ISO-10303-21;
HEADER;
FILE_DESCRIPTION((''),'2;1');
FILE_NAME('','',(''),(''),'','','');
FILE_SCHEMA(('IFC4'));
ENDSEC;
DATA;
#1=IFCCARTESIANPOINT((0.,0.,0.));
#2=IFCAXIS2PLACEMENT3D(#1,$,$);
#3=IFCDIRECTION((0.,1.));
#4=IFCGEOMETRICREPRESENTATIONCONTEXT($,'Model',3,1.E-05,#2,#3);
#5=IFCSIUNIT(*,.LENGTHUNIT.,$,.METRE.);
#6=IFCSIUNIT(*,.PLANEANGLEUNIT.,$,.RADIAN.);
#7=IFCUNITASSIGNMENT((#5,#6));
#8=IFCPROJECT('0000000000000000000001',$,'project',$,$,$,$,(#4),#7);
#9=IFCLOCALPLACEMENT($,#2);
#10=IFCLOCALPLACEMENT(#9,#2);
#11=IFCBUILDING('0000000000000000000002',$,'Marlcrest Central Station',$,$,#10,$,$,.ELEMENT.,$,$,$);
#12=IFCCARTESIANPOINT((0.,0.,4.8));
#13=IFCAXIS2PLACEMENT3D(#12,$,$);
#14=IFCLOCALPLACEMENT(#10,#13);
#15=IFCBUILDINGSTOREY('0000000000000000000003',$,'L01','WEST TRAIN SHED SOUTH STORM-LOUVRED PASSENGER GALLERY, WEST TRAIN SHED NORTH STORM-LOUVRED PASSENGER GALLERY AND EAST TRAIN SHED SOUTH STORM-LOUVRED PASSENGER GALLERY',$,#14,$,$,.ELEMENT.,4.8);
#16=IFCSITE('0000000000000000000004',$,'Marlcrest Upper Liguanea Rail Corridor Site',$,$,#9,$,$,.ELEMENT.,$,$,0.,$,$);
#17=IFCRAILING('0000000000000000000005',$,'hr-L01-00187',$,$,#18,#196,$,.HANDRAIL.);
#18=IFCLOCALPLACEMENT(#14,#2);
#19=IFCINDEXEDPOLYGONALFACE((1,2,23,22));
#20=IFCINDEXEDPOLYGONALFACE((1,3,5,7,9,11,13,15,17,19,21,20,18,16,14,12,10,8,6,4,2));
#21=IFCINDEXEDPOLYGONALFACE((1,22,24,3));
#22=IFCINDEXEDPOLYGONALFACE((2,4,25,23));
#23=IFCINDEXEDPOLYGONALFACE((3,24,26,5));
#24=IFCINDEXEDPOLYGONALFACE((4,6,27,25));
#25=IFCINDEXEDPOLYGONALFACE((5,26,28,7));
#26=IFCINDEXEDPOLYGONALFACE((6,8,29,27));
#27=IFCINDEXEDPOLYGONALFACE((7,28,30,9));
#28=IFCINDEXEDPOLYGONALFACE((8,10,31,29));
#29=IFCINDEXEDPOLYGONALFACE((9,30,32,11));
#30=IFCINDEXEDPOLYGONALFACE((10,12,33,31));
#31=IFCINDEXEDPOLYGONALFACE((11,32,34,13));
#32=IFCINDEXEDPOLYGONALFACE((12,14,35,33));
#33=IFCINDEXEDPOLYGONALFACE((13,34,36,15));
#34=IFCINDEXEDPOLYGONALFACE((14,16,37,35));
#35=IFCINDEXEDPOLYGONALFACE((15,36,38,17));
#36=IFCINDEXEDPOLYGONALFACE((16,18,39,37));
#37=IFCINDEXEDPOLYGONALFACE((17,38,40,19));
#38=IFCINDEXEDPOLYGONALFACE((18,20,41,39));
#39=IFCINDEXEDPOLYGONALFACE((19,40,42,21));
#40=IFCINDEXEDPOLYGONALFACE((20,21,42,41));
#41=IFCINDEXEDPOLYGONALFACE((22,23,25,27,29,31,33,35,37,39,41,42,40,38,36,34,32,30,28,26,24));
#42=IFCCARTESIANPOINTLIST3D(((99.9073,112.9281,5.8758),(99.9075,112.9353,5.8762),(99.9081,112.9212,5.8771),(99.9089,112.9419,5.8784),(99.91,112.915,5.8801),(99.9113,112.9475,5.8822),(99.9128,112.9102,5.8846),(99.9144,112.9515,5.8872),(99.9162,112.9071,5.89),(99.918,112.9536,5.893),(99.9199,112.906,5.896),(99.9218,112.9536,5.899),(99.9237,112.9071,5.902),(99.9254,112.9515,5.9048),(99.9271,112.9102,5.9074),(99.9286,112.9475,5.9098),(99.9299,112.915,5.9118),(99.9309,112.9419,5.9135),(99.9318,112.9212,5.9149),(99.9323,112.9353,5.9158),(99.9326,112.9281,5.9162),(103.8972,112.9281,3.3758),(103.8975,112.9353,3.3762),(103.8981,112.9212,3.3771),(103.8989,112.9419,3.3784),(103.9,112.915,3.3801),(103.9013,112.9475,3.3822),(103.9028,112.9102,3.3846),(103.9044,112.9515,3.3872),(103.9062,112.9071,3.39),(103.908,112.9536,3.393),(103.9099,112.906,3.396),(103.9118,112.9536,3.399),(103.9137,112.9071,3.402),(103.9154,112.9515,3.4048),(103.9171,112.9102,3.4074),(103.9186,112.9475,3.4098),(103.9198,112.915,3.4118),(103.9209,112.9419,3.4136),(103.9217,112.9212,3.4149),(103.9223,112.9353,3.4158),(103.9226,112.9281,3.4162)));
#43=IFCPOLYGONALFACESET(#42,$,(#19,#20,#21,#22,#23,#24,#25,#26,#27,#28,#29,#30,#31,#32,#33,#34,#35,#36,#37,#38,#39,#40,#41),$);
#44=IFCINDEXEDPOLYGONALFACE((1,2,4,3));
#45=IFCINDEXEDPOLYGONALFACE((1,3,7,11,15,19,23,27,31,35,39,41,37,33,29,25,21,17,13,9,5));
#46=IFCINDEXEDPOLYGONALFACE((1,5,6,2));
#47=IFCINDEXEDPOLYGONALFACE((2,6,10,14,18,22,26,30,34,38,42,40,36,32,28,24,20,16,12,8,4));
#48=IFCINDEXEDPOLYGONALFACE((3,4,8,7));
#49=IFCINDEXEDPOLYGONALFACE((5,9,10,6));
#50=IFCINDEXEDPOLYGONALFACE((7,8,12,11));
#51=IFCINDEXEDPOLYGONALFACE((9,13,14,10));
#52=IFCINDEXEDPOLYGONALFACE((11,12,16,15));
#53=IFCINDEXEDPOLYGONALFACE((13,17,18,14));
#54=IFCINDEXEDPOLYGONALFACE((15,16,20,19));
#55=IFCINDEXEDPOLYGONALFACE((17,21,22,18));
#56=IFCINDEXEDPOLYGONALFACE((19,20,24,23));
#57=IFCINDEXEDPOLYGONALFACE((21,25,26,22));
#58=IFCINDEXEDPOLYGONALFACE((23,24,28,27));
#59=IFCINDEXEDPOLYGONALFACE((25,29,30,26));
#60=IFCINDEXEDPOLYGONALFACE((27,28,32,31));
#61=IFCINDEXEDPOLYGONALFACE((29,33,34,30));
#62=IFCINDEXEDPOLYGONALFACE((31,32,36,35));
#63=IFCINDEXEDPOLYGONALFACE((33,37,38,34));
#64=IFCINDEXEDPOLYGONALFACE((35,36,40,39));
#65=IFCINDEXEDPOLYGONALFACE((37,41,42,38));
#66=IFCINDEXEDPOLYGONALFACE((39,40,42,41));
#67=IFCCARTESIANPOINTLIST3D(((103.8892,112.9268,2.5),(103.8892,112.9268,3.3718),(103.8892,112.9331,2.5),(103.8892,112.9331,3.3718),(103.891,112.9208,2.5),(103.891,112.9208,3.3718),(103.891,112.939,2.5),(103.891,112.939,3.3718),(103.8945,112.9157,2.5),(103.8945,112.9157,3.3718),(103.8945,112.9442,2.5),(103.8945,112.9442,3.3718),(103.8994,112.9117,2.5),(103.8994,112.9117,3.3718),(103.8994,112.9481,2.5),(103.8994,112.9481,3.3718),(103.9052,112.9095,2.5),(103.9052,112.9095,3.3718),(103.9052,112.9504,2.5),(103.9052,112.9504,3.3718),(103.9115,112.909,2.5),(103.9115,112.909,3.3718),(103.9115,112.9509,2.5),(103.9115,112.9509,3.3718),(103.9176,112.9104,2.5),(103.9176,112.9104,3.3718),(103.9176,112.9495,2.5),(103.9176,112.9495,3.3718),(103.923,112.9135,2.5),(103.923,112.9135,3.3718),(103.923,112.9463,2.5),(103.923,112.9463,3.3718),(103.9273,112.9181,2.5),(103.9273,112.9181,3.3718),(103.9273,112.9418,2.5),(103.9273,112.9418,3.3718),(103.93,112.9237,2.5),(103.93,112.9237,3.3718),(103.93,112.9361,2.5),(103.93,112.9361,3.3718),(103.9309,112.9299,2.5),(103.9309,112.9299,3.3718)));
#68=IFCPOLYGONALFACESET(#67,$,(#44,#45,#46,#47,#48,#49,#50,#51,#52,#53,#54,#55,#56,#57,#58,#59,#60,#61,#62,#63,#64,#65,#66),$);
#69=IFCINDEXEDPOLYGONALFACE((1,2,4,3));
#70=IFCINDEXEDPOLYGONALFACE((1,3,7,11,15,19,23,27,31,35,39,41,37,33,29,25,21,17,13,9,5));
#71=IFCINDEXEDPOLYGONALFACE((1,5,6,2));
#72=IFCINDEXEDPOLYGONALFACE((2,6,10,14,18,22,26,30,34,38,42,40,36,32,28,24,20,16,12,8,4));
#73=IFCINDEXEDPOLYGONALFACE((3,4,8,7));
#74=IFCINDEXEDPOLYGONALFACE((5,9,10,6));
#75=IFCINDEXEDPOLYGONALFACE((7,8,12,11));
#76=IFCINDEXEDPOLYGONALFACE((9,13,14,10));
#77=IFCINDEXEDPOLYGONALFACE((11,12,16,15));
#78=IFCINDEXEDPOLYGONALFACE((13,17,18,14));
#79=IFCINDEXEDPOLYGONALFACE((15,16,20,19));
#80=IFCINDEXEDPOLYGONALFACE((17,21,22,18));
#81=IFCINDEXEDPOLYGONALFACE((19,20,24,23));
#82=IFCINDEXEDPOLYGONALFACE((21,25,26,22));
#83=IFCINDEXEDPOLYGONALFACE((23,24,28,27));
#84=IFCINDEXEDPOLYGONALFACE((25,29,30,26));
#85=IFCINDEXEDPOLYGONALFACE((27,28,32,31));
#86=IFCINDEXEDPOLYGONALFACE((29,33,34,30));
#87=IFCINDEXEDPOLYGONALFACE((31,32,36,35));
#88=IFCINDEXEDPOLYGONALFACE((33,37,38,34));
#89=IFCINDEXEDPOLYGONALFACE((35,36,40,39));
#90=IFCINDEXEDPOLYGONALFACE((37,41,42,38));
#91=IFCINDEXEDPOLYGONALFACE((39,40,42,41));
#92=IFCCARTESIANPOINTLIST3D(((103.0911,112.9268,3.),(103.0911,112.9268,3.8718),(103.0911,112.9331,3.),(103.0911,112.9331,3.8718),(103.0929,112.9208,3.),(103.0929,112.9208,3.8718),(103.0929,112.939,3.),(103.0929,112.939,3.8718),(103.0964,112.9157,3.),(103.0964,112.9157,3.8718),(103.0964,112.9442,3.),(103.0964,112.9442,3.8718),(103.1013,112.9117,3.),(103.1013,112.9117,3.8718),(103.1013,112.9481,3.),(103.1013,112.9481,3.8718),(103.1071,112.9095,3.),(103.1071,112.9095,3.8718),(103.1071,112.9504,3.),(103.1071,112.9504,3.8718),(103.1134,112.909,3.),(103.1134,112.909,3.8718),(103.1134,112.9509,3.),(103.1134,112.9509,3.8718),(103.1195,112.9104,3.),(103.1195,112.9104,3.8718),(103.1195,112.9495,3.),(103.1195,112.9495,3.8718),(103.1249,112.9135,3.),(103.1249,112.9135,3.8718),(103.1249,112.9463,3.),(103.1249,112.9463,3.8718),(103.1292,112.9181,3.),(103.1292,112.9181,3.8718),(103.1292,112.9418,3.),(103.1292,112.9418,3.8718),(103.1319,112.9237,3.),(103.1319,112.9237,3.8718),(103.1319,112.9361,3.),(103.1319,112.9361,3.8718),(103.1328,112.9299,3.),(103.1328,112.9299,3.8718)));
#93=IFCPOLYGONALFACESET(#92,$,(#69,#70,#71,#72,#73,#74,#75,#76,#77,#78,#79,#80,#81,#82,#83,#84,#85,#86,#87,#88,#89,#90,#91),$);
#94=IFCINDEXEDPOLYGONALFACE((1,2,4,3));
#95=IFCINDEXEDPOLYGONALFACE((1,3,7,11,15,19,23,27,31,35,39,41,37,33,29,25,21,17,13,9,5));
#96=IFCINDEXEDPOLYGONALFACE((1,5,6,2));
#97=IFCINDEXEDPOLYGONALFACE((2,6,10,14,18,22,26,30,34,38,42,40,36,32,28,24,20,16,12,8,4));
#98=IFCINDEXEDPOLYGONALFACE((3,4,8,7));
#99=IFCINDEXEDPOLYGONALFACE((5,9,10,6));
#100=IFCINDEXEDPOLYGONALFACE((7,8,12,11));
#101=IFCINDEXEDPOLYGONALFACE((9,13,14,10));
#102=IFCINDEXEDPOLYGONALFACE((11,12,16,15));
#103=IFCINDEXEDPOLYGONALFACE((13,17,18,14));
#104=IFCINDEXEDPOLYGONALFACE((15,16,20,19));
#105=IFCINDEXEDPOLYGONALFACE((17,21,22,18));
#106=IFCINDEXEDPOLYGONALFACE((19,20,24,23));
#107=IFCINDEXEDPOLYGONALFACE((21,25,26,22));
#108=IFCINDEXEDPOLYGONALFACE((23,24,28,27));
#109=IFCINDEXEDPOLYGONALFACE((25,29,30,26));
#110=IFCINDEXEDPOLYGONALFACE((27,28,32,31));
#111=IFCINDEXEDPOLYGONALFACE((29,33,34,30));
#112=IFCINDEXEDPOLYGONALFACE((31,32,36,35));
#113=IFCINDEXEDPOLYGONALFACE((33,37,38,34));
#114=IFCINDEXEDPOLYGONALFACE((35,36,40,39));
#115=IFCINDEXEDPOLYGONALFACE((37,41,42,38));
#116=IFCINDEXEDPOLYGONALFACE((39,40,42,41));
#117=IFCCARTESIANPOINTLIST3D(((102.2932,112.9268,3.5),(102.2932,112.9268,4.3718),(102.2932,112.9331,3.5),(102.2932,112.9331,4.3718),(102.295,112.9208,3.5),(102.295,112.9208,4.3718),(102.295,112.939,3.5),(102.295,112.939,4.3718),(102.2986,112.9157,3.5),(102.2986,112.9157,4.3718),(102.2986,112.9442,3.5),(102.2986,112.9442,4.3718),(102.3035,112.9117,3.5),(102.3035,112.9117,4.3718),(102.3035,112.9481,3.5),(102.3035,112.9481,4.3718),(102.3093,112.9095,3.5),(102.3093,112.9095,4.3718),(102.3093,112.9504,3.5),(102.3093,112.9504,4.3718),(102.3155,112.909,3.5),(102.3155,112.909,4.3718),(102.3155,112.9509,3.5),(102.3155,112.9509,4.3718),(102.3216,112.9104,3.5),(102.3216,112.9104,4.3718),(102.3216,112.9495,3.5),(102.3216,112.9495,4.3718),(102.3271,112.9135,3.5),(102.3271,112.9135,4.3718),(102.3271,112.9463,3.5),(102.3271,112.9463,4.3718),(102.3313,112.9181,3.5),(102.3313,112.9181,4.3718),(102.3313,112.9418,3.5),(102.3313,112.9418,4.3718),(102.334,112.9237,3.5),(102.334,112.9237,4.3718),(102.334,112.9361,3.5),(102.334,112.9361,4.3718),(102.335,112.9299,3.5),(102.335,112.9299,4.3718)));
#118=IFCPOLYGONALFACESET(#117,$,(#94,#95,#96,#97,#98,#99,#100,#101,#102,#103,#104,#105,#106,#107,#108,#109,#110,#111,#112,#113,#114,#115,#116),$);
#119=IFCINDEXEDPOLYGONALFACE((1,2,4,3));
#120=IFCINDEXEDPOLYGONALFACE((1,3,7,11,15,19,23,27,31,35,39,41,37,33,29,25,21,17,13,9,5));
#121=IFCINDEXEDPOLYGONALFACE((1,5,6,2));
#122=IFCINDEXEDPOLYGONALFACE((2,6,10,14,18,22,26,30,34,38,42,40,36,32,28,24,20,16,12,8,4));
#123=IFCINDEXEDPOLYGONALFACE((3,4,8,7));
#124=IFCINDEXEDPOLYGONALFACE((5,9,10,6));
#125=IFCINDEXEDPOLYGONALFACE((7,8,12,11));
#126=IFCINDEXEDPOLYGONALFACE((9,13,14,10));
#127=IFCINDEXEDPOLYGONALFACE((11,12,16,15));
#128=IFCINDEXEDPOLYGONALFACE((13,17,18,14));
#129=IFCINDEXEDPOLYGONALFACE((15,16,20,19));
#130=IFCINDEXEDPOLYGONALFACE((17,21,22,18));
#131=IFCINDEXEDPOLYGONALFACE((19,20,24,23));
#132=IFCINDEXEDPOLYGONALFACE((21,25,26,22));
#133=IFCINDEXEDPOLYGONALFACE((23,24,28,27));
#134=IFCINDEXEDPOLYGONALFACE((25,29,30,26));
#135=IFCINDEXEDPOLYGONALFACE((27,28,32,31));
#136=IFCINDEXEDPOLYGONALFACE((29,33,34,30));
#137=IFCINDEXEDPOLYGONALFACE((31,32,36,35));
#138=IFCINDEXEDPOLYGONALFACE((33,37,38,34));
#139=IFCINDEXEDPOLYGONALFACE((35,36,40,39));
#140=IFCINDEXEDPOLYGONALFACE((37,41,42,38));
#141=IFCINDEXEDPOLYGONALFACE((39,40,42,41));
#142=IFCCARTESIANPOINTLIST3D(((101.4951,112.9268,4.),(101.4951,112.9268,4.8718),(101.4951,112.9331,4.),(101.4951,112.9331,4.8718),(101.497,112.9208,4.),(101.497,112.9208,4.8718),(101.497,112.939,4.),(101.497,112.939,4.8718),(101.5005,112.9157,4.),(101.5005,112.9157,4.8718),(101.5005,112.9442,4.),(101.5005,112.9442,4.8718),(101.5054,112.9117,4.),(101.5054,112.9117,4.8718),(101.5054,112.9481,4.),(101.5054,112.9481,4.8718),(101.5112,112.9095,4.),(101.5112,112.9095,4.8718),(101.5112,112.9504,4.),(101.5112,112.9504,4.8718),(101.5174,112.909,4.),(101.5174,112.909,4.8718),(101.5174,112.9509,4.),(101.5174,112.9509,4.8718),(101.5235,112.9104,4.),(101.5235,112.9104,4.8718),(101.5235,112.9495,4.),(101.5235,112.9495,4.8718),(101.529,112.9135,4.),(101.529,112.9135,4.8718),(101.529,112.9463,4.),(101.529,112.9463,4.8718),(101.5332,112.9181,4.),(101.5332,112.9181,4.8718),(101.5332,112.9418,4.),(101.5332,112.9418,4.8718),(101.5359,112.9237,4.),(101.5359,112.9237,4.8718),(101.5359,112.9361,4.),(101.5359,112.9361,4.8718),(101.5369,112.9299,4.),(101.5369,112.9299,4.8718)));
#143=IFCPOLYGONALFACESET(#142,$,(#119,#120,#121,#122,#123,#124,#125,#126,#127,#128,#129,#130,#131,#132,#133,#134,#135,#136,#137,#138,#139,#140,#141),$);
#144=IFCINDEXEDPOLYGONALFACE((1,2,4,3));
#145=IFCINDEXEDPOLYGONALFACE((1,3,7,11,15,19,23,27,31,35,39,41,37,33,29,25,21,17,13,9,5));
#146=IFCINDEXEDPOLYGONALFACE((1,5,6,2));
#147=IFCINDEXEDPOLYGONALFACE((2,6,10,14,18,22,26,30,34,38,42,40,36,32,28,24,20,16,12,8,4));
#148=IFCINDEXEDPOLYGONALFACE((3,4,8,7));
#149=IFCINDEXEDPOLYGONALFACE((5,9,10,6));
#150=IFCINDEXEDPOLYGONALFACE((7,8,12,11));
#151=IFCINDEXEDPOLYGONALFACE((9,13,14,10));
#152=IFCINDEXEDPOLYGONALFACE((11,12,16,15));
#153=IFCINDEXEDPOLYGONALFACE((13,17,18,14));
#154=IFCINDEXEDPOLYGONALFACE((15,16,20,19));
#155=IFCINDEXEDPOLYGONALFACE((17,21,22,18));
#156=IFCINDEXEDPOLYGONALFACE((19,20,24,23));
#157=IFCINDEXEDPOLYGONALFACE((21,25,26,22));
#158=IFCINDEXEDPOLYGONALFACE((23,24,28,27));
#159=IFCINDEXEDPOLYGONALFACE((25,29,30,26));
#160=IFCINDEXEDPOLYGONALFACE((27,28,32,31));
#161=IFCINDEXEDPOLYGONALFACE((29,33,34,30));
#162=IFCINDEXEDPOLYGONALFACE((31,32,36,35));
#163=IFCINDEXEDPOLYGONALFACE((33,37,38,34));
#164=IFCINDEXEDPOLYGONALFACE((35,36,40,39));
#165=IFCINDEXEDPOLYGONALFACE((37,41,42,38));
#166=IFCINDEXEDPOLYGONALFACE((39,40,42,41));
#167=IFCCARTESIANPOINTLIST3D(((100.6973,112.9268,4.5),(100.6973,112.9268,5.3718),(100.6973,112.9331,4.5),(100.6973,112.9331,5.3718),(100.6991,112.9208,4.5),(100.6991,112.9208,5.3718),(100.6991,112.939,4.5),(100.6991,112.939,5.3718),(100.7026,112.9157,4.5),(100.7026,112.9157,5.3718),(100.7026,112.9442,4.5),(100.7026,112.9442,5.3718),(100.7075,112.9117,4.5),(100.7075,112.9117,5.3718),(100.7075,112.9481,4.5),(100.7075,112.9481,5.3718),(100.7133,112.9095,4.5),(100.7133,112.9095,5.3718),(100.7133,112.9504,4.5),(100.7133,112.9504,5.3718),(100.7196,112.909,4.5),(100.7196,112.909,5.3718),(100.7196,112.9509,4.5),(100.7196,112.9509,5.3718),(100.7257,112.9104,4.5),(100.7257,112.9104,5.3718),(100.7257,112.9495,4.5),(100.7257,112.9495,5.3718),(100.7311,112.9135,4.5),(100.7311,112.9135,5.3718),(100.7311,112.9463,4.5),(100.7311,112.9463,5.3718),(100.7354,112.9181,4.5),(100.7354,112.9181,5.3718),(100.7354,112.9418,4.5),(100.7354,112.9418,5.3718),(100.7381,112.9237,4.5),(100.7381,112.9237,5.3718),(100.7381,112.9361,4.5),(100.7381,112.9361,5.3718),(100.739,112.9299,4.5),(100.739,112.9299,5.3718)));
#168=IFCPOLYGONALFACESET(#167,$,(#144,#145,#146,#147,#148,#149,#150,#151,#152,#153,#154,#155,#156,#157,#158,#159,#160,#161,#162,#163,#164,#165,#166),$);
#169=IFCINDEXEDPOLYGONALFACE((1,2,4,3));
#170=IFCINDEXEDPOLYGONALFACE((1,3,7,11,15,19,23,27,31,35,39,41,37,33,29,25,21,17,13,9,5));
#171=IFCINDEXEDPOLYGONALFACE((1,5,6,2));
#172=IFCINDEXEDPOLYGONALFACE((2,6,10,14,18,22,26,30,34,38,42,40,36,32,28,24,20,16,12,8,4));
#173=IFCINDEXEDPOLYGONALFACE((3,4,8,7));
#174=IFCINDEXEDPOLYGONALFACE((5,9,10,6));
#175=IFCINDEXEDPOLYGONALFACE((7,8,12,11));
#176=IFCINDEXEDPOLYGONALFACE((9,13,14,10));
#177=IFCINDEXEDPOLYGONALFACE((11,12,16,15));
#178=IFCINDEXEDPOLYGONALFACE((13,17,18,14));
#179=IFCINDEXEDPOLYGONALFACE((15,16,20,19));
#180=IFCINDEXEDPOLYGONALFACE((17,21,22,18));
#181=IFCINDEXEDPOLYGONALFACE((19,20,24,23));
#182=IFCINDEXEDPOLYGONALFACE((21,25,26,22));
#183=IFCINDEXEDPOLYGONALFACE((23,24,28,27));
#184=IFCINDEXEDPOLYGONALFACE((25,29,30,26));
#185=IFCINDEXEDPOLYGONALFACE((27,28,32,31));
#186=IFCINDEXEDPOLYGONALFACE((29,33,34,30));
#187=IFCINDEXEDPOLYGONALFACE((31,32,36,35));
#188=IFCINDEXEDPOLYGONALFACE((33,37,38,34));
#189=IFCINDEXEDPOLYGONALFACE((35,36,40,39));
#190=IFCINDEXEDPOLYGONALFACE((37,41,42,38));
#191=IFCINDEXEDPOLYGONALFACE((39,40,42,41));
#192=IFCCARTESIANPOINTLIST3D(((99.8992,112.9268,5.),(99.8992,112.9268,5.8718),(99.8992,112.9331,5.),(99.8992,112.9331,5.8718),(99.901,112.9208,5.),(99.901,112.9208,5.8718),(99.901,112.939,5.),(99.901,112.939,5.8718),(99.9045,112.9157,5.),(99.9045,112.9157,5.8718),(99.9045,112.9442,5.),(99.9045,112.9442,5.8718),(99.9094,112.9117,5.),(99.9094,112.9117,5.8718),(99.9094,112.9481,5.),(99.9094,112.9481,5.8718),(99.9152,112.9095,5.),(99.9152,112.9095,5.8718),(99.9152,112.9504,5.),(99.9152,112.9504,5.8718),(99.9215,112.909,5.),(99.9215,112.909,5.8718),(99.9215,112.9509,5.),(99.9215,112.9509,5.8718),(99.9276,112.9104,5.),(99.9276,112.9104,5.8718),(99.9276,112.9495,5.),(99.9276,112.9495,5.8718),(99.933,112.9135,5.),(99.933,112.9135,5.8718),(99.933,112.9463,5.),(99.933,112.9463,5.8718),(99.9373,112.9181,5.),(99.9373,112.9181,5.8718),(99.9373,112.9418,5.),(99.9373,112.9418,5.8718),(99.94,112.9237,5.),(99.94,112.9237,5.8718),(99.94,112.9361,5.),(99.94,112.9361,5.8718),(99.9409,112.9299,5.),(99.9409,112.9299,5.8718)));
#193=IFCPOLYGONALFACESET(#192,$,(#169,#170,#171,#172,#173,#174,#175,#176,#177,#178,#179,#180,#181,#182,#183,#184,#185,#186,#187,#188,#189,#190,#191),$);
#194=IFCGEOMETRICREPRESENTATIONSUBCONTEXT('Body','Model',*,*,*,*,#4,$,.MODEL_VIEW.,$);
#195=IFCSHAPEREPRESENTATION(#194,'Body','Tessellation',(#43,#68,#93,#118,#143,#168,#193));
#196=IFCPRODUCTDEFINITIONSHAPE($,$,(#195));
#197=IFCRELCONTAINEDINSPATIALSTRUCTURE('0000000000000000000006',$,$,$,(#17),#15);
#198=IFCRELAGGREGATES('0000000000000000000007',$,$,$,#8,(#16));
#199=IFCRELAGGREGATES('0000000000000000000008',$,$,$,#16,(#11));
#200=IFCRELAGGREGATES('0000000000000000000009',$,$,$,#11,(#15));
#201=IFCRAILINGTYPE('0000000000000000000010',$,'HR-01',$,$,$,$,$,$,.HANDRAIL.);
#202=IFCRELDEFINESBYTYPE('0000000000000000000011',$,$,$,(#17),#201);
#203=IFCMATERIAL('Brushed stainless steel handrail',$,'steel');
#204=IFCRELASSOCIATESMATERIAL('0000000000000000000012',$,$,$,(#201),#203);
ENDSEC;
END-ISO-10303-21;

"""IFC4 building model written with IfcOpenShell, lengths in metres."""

from ifc_helpers import new_model, si_unit, direction, frame, origin, origin_2d, place, context, subcontext, project, spatial, circle, extrude, material, type_object, element, save


model = new_model("IFC4")

# Units and contexts
model_context = context("Model", 3, precision=1e-05, world=origin(), true_north=direction((0.0, 1.0)))
body_context = subcontext(model_context, "Body", "Model", "MODEL_VIEW")
ifc_project = project(units=[si_unit("LENGTHUNIT", "METRE"), si_unit("PLANEANGLEUNIT", "RADIAN")], contexts=[model_context])

# Site, building, storey
site_placement = place(None, origin())
site = spatial("IfcSite", under=ifc_project, at=site_placement, Name="Marlcrest Upper Liguanea Rail Corridor Site", CompositionType="ELEMENT", RefElevation=0.0)
building_placement = place(site_placement, origin())
building = spatial("IfcBuilding", under=site, at=building_placement, Name="Marlcrest Central Station", CompositionType="ELEMENT")
storey_placement = place(building_placement, frame((0.0, 0.0, 4.8)))
storey = spatial("IfcBuildingStorey", under=building, at=storey_placement, Name="L01", Description="WEST TRAIN SHED SOUTH STORM-LOUVRED PASSENGER GALLERY, WEST TRAIN SHED NORTH STORM-LOUVRED PASSENGER GALLERY AND EAST TRAIN SHED SOUTH STORM-LOUVRED PASSENGER GALLERY", CompositionType="ELEMENT", Elevation=4.8)

# Railing
ifc_material_1 = material(Name="Brushed stainless steel handrail", Category="steel")
railing_type = type_object("IfcRailingType", Name="HR-01", PredefinedType="HANDRAIL", material=ifc_material_1)
railing_1_placement = place(storey_placement, frame((103.9099, 112.9299, 2.5)))
element("IfcRailing", 1, at=railing_1_placement, inside=storey, type_object=railing_type, Name="hr-L01-00187", PredefinedType="HANDRAIL", context=body_context, shape_type="SweptSolid", body=[
    extrude(circle(Radius=0.0239, at=origin_2d()), frame((0.0, 0.0, 0.896), z_axis=(-0.847401, 0.0, 0.530954), x_axis=(0.0, -1.0, 0.0)), (0.0, 0.0, 1.0), 4.7085),
    extrude(circle(Radius=0.021, at=origin_2d()), origin(), (0.0, 0.0, 1.0), 0.8718),
    extrude(circle(Radius=0.021, at=origin_2d()), frame((-0.7981, 0.0, 0.5)), (0.0, 0.0, 1.0), 0.8718),
    extrude(circle(Radius=0.021, at=origin_2d()), frame((-1.5959, 0.0, 1.0)), (0.0, 0.0, 1.0), 0.8718),
    extrude(circle(Radius=0.021, at=origin_2d()), frame((-2.394, 0.0, 1.5)), (0.0, 0.0, 1.0), 0.8718),
    extrude(circle(Radius=0.021, at=origin_2d()), frame((-3.1919, 0.0, 2.0)), (0.0, 0.0, 1.0), 0.8718),
    extrude(circle(Radius=0.021, at=origin_2d()), frame((-3.99, 0.0, 2.5)), (0.0, 0.0, 1.0), 0.8718),
])

save(model, "model.ifc")
